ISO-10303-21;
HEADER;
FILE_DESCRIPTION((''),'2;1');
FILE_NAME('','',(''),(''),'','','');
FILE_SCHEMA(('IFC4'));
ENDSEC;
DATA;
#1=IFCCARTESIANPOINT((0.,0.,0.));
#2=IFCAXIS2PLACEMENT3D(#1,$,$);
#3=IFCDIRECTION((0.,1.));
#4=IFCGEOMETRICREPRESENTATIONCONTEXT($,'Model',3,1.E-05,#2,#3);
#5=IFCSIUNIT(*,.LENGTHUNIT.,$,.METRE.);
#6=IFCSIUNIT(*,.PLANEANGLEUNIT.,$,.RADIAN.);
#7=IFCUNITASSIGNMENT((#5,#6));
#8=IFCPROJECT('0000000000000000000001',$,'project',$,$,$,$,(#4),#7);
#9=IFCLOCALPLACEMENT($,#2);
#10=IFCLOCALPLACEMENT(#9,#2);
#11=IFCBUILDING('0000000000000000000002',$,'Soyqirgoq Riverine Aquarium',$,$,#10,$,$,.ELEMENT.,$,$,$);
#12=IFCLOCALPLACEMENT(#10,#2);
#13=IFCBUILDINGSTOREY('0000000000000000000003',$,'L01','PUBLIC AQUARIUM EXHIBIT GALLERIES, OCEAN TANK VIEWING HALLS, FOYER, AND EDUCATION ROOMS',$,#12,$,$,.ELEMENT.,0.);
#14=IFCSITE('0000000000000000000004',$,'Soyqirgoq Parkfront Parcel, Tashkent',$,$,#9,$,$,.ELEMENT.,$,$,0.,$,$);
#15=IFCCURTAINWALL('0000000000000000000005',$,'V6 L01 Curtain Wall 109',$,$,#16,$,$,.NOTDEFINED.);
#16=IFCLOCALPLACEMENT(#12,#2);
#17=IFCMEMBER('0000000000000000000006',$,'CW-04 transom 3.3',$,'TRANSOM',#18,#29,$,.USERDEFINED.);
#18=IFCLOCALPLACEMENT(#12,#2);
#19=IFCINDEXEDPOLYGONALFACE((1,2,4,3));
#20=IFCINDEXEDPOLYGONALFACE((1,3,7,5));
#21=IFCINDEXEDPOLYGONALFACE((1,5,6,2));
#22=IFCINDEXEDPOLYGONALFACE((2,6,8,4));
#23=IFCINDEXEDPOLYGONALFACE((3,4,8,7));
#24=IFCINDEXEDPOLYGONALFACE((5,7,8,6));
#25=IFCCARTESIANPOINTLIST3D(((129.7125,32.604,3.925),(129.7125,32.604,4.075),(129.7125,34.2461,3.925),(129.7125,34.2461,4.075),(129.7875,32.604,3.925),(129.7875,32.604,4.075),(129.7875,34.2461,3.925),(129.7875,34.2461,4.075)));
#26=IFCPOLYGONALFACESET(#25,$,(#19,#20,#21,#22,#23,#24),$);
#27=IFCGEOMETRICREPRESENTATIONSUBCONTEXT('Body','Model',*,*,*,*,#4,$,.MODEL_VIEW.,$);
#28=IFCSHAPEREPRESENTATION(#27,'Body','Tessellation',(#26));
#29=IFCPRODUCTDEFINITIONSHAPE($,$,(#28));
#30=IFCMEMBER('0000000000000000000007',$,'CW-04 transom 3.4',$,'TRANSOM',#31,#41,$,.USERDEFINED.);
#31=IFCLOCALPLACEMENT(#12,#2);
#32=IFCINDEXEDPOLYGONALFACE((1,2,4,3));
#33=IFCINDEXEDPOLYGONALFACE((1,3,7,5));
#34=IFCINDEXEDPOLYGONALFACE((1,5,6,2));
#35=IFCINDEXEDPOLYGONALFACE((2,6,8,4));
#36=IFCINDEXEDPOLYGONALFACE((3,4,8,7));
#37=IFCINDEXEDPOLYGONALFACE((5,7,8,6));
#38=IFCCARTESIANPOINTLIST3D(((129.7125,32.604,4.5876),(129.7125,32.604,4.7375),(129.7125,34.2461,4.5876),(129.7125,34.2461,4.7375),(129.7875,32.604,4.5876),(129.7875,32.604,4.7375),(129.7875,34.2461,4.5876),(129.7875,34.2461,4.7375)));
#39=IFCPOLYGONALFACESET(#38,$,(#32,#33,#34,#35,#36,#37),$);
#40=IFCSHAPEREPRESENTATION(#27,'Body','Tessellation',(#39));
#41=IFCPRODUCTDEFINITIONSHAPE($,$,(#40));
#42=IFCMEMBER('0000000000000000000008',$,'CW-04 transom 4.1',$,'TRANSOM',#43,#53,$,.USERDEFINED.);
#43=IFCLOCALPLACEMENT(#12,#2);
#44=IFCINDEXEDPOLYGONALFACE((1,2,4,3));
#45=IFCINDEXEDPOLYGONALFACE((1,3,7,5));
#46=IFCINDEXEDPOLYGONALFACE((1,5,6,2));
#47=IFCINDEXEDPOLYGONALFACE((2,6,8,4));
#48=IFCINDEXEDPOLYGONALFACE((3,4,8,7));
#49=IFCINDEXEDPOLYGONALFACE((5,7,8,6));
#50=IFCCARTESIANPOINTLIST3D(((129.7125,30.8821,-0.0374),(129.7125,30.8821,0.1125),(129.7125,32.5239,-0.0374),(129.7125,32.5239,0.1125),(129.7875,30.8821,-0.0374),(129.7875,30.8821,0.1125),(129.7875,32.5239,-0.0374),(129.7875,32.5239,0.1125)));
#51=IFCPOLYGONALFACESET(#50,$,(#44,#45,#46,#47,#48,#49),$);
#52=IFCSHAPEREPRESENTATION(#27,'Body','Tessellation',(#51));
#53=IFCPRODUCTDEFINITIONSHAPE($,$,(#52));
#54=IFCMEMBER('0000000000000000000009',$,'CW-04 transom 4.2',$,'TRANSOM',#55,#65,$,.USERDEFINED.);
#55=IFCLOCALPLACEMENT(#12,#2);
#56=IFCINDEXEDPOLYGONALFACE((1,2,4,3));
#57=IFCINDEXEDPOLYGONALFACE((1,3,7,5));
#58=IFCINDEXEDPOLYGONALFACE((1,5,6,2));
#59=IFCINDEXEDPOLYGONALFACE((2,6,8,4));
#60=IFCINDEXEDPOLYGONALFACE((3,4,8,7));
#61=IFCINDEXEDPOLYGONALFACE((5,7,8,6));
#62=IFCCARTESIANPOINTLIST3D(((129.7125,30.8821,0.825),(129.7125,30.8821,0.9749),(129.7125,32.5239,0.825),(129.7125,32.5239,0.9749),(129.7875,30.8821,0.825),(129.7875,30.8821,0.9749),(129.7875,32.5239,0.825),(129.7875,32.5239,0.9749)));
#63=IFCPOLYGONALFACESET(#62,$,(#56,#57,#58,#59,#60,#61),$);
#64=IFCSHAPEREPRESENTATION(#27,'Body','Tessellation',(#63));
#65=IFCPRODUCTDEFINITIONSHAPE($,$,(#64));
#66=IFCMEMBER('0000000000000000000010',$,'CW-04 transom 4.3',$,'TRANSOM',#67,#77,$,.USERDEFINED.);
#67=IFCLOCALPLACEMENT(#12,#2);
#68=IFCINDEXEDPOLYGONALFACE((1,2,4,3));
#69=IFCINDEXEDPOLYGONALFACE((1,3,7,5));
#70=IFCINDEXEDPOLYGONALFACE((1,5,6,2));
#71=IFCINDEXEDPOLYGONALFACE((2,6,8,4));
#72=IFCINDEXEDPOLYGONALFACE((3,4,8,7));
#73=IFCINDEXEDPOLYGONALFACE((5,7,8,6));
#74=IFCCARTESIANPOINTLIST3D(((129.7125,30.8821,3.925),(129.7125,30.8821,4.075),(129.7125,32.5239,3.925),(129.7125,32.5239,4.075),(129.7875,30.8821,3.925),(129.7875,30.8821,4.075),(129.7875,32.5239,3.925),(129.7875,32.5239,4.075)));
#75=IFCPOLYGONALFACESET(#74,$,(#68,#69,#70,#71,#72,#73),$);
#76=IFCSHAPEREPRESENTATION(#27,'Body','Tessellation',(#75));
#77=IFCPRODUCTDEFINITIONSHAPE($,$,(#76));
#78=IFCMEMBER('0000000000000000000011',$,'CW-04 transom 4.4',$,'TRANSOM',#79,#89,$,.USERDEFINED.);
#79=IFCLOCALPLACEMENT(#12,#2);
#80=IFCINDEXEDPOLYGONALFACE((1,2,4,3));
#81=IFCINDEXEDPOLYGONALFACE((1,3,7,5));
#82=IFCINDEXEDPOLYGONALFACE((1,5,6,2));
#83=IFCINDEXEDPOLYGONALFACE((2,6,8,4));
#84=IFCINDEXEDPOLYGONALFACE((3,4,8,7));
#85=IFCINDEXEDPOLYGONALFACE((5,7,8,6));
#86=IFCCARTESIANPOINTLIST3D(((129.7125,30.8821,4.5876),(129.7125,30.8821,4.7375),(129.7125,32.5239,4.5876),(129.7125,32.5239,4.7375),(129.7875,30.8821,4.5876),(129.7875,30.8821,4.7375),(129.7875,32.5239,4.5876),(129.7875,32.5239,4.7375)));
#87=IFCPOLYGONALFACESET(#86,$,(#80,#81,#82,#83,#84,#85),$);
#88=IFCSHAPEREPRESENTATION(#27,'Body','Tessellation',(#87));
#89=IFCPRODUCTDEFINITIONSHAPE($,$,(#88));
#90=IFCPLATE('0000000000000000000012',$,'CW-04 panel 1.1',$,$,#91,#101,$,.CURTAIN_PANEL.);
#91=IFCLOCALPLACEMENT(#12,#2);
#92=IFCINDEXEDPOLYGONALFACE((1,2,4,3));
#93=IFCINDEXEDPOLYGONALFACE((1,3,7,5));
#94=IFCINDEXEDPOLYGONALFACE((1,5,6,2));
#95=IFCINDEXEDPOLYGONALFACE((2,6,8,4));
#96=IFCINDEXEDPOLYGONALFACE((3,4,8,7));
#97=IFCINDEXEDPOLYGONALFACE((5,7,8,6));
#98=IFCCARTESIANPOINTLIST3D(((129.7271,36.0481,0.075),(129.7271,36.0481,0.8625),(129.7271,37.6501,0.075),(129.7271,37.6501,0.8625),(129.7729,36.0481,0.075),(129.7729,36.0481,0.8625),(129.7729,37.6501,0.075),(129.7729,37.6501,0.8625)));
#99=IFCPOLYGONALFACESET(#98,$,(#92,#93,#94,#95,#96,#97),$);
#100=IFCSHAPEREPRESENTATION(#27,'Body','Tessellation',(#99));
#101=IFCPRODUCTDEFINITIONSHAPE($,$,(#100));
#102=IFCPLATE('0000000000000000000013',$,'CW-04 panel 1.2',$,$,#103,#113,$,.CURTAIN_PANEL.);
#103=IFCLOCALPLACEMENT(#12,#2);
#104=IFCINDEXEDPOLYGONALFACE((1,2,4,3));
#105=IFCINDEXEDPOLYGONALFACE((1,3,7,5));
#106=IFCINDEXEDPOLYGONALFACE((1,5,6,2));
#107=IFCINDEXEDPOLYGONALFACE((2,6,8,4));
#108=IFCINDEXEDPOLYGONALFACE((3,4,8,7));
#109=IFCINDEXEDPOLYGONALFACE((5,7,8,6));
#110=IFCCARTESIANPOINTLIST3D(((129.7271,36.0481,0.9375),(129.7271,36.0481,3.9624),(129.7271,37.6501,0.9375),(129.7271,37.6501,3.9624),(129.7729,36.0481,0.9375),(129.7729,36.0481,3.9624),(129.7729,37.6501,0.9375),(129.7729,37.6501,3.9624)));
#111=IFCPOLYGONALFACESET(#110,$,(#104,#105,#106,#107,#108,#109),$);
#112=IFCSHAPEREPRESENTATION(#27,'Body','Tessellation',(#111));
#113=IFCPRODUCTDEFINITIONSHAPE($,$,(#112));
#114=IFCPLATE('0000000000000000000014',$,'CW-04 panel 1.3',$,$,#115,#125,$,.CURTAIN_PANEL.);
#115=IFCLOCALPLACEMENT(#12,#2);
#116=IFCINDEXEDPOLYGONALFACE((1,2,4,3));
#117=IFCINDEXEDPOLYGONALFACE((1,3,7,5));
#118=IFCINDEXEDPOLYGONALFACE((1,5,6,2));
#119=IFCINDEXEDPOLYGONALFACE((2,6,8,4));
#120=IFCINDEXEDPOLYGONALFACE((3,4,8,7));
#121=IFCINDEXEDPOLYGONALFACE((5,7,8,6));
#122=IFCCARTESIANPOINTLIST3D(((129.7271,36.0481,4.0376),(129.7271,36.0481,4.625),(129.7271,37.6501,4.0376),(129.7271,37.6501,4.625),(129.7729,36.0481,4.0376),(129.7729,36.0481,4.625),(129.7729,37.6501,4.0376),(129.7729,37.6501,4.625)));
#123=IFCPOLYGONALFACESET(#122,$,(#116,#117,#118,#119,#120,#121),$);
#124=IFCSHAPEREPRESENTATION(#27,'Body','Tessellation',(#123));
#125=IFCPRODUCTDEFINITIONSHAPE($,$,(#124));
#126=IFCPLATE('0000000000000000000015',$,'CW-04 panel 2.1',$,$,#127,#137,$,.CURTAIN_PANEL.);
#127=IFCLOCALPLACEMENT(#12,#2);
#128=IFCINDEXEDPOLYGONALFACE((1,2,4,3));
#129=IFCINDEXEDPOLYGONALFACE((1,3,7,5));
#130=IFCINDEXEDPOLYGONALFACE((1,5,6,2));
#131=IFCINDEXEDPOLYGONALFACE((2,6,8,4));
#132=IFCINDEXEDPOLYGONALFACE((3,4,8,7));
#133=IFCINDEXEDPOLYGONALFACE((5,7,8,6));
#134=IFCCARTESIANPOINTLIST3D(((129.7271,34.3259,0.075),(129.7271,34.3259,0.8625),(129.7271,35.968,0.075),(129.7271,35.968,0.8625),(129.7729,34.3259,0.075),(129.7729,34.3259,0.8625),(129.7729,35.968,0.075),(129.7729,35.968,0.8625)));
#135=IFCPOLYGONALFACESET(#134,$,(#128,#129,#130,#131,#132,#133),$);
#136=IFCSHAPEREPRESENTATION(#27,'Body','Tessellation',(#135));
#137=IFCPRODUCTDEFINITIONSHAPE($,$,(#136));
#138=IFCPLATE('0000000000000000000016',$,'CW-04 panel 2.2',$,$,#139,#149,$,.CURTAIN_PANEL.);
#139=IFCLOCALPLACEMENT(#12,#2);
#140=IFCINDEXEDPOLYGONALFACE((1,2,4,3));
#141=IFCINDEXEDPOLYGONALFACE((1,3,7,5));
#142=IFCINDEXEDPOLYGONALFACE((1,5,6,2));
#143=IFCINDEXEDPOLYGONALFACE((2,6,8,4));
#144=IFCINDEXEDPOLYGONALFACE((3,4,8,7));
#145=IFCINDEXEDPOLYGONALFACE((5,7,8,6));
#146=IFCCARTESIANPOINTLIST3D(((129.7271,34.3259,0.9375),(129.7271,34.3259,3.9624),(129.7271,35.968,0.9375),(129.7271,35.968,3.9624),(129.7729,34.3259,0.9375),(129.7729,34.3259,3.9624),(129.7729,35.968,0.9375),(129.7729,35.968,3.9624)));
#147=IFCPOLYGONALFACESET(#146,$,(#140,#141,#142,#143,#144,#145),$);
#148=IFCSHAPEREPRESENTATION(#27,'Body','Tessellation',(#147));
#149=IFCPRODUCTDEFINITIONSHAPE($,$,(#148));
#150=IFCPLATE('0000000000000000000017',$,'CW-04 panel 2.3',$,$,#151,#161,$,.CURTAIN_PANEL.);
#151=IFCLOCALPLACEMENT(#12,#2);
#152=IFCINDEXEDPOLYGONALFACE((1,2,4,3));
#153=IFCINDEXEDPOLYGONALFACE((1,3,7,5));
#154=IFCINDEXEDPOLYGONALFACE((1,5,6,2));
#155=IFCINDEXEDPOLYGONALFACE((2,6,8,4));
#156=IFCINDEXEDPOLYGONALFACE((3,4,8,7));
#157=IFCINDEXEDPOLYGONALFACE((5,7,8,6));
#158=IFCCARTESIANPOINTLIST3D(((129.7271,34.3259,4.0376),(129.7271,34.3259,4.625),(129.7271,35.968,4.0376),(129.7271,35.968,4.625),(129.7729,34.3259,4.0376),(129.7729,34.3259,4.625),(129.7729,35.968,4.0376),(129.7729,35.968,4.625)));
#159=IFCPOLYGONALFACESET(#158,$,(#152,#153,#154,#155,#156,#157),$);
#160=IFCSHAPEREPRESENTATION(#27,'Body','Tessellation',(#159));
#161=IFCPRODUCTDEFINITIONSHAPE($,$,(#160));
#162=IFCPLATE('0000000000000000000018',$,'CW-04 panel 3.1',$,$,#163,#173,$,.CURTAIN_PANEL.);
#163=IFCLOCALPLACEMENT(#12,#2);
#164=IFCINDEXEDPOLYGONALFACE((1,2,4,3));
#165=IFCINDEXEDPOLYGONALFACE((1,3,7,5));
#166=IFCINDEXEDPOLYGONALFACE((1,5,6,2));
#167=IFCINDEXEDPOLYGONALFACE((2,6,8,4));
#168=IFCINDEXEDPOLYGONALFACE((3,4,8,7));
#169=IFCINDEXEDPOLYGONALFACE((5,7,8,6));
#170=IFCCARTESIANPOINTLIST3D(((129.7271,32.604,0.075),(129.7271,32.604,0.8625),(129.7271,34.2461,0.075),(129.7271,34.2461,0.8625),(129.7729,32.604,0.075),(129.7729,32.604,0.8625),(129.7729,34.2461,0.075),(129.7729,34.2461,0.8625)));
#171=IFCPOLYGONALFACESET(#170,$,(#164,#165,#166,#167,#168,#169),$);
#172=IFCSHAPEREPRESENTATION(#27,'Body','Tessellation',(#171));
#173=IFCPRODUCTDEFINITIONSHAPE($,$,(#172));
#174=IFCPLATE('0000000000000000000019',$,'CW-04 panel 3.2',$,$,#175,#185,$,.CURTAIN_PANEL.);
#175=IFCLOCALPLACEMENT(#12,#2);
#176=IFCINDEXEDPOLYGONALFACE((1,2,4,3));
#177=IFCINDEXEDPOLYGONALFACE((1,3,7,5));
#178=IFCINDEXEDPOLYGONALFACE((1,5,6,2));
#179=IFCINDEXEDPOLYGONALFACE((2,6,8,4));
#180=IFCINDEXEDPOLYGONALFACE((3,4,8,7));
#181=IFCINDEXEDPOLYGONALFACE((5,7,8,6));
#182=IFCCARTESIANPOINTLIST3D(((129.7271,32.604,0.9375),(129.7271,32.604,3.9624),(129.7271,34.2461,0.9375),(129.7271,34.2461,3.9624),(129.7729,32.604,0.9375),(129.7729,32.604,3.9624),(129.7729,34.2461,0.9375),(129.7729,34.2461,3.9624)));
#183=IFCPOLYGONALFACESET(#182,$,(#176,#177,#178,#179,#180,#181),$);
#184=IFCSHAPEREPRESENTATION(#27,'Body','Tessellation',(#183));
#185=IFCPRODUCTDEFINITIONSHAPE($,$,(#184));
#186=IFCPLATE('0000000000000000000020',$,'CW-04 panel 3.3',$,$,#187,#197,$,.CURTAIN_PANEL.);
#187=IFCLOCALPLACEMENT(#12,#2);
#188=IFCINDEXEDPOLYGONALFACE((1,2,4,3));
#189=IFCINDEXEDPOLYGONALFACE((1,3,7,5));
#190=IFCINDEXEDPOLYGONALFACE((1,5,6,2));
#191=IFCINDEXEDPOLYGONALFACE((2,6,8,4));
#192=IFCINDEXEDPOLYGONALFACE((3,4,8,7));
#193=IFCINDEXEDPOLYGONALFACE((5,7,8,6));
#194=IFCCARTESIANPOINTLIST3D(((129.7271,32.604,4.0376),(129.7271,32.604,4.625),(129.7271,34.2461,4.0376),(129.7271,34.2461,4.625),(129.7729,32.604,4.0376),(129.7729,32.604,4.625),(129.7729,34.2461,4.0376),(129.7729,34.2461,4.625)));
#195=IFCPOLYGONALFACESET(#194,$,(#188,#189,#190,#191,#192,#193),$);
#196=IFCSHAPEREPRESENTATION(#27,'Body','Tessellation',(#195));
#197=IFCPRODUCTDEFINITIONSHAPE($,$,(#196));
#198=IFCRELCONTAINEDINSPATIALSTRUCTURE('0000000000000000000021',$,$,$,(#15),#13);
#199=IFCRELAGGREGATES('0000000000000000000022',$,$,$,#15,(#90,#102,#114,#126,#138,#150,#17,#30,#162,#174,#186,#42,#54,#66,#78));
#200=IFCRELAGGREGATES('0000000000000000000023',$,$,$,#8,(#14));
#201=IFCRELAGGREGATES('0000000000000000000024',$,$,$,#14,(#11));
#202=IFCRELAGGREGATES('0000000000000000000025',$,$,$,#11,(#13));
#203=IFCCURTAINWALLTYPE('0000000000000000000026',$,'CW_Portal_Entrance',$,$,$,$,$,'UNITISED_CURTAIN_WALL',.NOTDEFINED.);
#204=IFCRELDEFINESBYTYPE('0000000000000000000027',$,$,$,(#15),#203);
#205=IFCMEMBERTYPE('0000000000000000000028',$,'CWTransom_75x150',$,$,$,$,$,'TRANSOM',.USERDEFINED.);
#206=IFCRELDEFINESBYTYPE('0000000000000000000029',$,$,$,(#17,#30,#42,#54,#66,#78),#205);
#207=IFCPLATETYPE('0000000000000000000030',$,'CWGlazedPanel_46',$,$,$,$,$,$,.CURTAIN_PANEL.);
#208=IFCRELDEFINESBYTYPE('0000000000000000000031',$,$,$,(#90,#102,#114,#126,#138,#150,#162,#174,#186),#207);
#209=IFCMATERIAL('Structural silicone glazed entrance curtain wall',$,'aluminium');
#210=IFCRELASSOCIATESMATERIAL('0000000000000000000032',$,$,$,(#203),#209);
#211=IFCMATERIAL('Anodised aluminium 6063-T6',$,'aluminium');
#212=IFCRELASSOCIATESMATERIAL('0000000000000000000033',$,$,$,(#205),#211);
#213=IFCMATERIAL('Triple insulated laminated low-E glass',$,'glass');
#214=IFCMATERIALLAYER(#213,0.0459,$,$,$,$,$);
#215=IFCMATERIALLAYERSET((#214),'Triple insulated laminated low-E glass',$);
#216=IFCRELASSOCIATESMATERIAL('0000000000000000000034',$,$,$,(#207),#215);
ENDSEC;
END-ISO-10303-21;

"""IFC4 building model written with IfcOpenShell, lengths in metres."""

from ifc_helpers import new_model, si_unit, direction, frame, origin, origin_2d, place, context, subcontext, project, spatial, rectangle, extrude, material, layer, layer_set, material_profile, profile_set, type_object, element, aggregate, save


model = new_model("IFC4")

# Units and contexts
model_context = context("Model", 3, precision=1e-05, world=origin(), true_north=direction((0.0, 1.0)))
body_context = subcontext(model_context, "Body", "Model", "MODEL_VIEW")
ifc_project = project(units=[si_unit("LENGTHUNIT", "METRE"), si_unit("PLANEANGLEUNIT", "RADIAN")], contexts=[model_context])

# Site, building, storey
site_placement = place(None, origin())
site = spatial("IfcSite", under=ifc_project, at=site_placement, Name="Soyqirgoq Parkfront Parcel, Tashkent", CompositionType="ELEMENT", RefElevation=0.0)
building_placement = place(site_placement, origin())
building = spatial("IfcBuilding", under=site, at=building_placement, Name="Soyqirgoq Riverine Aquarium", CompositionType="ELEMENT")
storey_placement = place(building_placement, origin())
storey = spatial("IfcBuildingStorey", under=building, at=storey_placement, Name="L01", Description="PUBLIC AQUARIUM EXHIBIT GALLERIES, OCEAN TANK VIEWING HALLS, FOYER, AND EDUCATION ROOMS", CompositionType="ELEMENT", Elevation=0.0)

# Shared definitions
ifc_material_1 = material(Name="Structural silicone glazed entrance curtain wall", Category="aluminium")
curtain_wall_type = type_object("IfcCurtainWallType", Name="CW_Portal_Entrance", ElementType="UNITISED_CURTAIN_WALL", PredefinedType="NOTDEFINED", material=ifc_material_1)

# Curtain wall, members, plates
curtain_wall_1_placement = place(storey_placement, origin())
curtain_wall_1 = element("IfcCurtainWall", 1, at=curtain_wall_1_placement, inside=storey, type_object=curtain_wall_type, Name="V6 L01 Curtain Wall 109", PredefinedType="NOTDEFINED")
ifc_material_2 = material(Name="Anodised aluminium 6063-T6", Category="aluminium")
ifc_material_profile_1 = material_profile(ifc_material_2, rectangle(XDim=0.075, YDim=0.1499, at=origin_2d()), Name="ALU-T 75x150")
ifc_profile_set_1 = profile_set([ifc_material_profile_1], Name="Anodised aluminium 6063-T6")
member_type_1 = type_object("IfcMemberType", Name="CWTransom_75x150", ElementType="TRANSOM", PredefinedType="USERDEFINED", material=ifc_profile_set_1)
member_1_placement = place(storey_placement, frame((129.75, 34.2461, 4.0), z_axis=(0.0, -1.0, 0.0), x_axis=(1.0, 0.0, 0.0)))
member_1 = element("IfcMember", 2, at=member_1_placement, type_object=member_type_1, Name="CW-04 transom 3.3", ObjectType="TRANSOM", PredefinedType="USERDEFINED", context=body_context, shape_type="SweptSolid", body=[
    extrude(rectangle(XDim=0.075, YDim=0.1499, at=origin_2d()), origin(), (0.0, 0.0, 1.0), 1.6421),
])
member_2_placement = place(storey_placement, frame((129.75, 34.2461, 4.6626), z_axis=(0.0, -1.0, 0.0), x_axis=(1.0, 0.0, 0.0)))
member_2 = element("IfcMember", 3, at=member_2_placement, type_object=member_type_1, Name="CW-04 transom 3.4", ObjectType="TRANSOM", PredefinedType="USERDEFINED", context=body_context, shape_type="SweptSolid", body=[
    extrude(rectangle(XDim=0.075, YDim=0.1499, at=origin_2d()), origin(), (0.0, 0.0, 1.0), 1.6421),
])
member_3_placement = place(storey_placement, frame((129.75, 32.5239, 0.0376), z_axis=(0.0, -1.0, 0.0), x_axis=(1.0, 0.0, 0.0)))
member_3 = element("IfcMember", 4, at=member_3_placement, type_object=member_type_1, Name="CW-04 transom 4.1", ObjectType="TRANSOM", PredefinedType="USERDEFINED", context=body_context, shape_type="SweptSolid", body=[
    extrude(rectangle(XDim=0.075, YDim=0.1499, at=origin_2d()), origin(), (0.0, 0.0, 1.0), 1.6418),
])
member_4_placement = place(storey_placement, frame((129.75, 32.5239, 0.8999), z_axis=(0.0, -1.0, 0.0), x_axis=(1.0, 0.0, 0.0)))
member_4 = element("IfcMember", 5, at=member_4_placement, type_object=member_type_1, Name="CW-04 transom 4.2", ObjectType="TRANSOM", PredefinedType="USERDEFINED", context=body_context, shape_type="SweptSolid", body=[
    extrude(rectangle(XDim=0.075, YDim=0.1499, at=origin_2d()), origin(), (0.0, 0.0, 1.0), 1.6418),
])
member_5_placement = place(storey_placement, frame((129.75, 32.5239, 4.0), z_axis=(0.0, -1.0, 0.0), x_axis=(1.0, 0.0, 0.0)))
member_5 = element("IfcMember", 6, at=member_5_placement, type_object=member_type_1, Name="CW-04 transom 4.3", ObjectType="TRANSOM", PredefinedType="USERDEFINED", context=body_context, shape_type="SweptSolid", body=[
    extrude(rectangle(XDim=0.075, YDim=0.1499, at=origin_2d()), origin(), (0.0, 0.0, 1.0), 1.6418),
])
member_6_placement = place(storey_placement, frame((129.75, 32.5239, 4.6626), z_axis=(0.0, -1.0, 0.0), x_axis=(1.0, 0.0, 0.0)))
member_6 = element("IfcMember", 7, at=member_6_placement, type_object=member_type_1, Name="CW-04 transom 4.4", ObjectType="TRANSOM", PredefinedType="USERDEFINED", context=body_context, shape_type="SweptSolid", body=[
    extrude(rectangle(XDim=0.075, YDim=0.1499, at=origin_2d()), origin(), (0.0, 0.0, 1.0), 1.6418),
])
ifc_material_3 = material(Name="Triple insulated laminated low-E glass", Category="glass")
ifc_layer_1 = layer(ifc_material_3, 0.0459)
ifc_layer_set_1 = layer_set([ifc_layer_1], Name="Triple insulated laminated low-E glass")
plate_type_1 = type_object("IfcPlateType", Name="CWGlazedPanel_46", PredefinedType="CURTAIN_PANEL", material=ifc_layer_set_1)
plate_1_placement = place(storey_placement, frame((129.75, 36.8491, 0.075), z_axis=(0.0, 0.0, 1.0), x_axis=(0.0, -1.0, 0.0)))
plate_1 = element("IfcPlate", 8, at=plate_1_placement, type_object=plate_type_1, Name="CW-04 panel 1.1", PredefinedType="CURTAIN_PANEL", context=body_context, shape_type="SweptSolid", body=[
    extrude(rectangle(XDim=1.6021, YDim=0.0459, at=origin_2d()), origin(), (0.0, 0.0, 1.0), 0.7876),
])
plate_2_placement = place(storey_placement, frame((129.75, 36.8491, 0.9375), z_axis=(0.0, 0.0, 1.0), x_axis=(0.0, -1.0, 0.0)))
plate_2 = element("IfcPlate", 9, at=plate_2_placement, type_object=plate_type_1, Name="CW-04 panel 1.2", PredefinedType="CURTAIN_PANEL", context=body_context, shape_type="SweptSolid", body=[
    extrude(rectangle(XDim=1.6021, YDim=0.0459, at=origin_2d()), origin(), (0.0, 0.0, 1.0), 3.0249),
])
plate_3_placement = place(storey_placement, frame((129.75, 36.8491, 4.0376), z_axis=(0.0, 0.0, 1.0), x_axis=(0.0, -1.0, 0.0)))
plate_3 = element("IfcPlate", 10, at=plate_3_placement, type_object=plate_type_1, Name="CW-04 panel 1.3", PredefinedType="CURTAIN_PANEL", context=body_context, shape_type="SweptSolid", body=[
    extrude(rectangle(XDim=1.6021, YDim=0.0459, at=origin_2d()), origin(), (0.0, 0.0, 1.0), 0.5874),
])
plate_4_placement = place(storey_placement, frame((129.75, 35.147, 0.075), z_axis=(0.0, 0.0, 1.0), x_axis=(0.0, -1.0, 0.0)))
plate_4 = element("IfcPlate", 11, at=plate_4_placement, type_object=plate_type_1, Name="CW-04 panel 2.1", PredefinedType="CURTAIN_PANEL", context=body_context, shape_type="SweptSolid", body=[
    extrude(rectangle(XDim=1.6421, YDim=0.0459, at=origin_2d()), origin(), (0.0, 0.0, 1.0), 0.7876),
])
plate_5_placement = place(storey_placement, frame((129.75, 35.147, 0.9375), z_axis=(0.0, 0.0, 1.0), x_axis=(0.0, -1.0, 0.0)))
plate_5 = element("IfcPlate", 12, at=plate_5_placement, type_object=plate_type_1, Name="CW-04 panel 2.2", PredefinedType="CURTAIN_PANEL", context=body_context, shape_type="SweptSolid", body=[
    extrude(rectangle(XDim=1.6421, YDim=0.0459, at=origin_2d()), origin(), (0.0, 0.0, 1.0), 3.0249),
])
plate_6_placement = place(storey_placement, frame((129.75, 35.147, 4.0376), z_axis=(0.0, 0.0, 1.0), x_axis=(0.0, -1.0, 0.0)))
plate_6 = element("IfcPlate", 13, at=plate_6_placement, type_object=plate_type_1, Name="CW-04 panel 2.3", PredefinedType="CURTAIN_PANEL", context=body_context, shape_type="SweptSolid", body=[
    extrude(rectangle(XDim=1.6421, YDim=0.0459, at=origin_2d()), origin(), (0.0, 0.0, 1.0), 0.5874),
])
plate_7_placement = place(storey_placement, frame((129.75, 33.425, 0.075), z_axis=(0.0, 0.0, 1.0), x_axis=(0.0, -1.0, 0.0)))
plate_7 = element("IfcPlate", 14, at=plate_7_placement, type_object=plate_type_1, Name="CW-04 panel 3.1", PredefinedType="CURTAIN_PANEL", context=body_context, shape_type="SweptSolid", body=[
    extrude(rectangle(XDim=1.6421, YDim=0.0459, at=origin_2d()), origin(), (0.0, 0.0, 1.0), 0.7876),
])
plate_8_placement = place(storey_placement, frame((129.75, 33.425, 0.9375), z_axis=(0.0, 0.0, 1.0), x_axis=(0.0, -1.0, 0.0)))
plate_8 = element("IfcPlate", 15, at=plate_8_placement, type_object=plate_type_1, Name="CW-04 panel 3.2", PredefinedType="CURTAIN_PANEL", context=body_context, shape_type="SweptSolid", body=[
    extrude(rectangle(XDim=1.6421, YDim=0.0459, at=origin_2d()), origin(), (0.0, 0.0, 1.0), 3.0249),
])
plate_9_placement = place(storey_placement, frame((129.75, 33.425, 4.0376), z_axis=(0.0, 0.0, 1.0), x_axis=(0.0, -1.0, 0.0)))
plate_9 = element("IfcPlate", 16, at=plate_9_placement, type_object=plate_type_1, Name="CW-04 panel 3.3", PredefinedType="CURTAIN_PANEL", context=body_context, shape_type="SweptSolid", body=[
    extrude(rectangle(XDim=1.6421, YDim=0.0459, at=origin_2d()), origin(), (0.0, 0.0, 1.0), 0.5874),
])
aggregate(curtain_wall_1, [plate_1, plate_2, plate_3, plate_4, plate_5, plate_6, member_1, member_2, plate_7, plate_8, plate_9, member_3, member_4, member_5, member_6])

save(model, "model.ifc")
